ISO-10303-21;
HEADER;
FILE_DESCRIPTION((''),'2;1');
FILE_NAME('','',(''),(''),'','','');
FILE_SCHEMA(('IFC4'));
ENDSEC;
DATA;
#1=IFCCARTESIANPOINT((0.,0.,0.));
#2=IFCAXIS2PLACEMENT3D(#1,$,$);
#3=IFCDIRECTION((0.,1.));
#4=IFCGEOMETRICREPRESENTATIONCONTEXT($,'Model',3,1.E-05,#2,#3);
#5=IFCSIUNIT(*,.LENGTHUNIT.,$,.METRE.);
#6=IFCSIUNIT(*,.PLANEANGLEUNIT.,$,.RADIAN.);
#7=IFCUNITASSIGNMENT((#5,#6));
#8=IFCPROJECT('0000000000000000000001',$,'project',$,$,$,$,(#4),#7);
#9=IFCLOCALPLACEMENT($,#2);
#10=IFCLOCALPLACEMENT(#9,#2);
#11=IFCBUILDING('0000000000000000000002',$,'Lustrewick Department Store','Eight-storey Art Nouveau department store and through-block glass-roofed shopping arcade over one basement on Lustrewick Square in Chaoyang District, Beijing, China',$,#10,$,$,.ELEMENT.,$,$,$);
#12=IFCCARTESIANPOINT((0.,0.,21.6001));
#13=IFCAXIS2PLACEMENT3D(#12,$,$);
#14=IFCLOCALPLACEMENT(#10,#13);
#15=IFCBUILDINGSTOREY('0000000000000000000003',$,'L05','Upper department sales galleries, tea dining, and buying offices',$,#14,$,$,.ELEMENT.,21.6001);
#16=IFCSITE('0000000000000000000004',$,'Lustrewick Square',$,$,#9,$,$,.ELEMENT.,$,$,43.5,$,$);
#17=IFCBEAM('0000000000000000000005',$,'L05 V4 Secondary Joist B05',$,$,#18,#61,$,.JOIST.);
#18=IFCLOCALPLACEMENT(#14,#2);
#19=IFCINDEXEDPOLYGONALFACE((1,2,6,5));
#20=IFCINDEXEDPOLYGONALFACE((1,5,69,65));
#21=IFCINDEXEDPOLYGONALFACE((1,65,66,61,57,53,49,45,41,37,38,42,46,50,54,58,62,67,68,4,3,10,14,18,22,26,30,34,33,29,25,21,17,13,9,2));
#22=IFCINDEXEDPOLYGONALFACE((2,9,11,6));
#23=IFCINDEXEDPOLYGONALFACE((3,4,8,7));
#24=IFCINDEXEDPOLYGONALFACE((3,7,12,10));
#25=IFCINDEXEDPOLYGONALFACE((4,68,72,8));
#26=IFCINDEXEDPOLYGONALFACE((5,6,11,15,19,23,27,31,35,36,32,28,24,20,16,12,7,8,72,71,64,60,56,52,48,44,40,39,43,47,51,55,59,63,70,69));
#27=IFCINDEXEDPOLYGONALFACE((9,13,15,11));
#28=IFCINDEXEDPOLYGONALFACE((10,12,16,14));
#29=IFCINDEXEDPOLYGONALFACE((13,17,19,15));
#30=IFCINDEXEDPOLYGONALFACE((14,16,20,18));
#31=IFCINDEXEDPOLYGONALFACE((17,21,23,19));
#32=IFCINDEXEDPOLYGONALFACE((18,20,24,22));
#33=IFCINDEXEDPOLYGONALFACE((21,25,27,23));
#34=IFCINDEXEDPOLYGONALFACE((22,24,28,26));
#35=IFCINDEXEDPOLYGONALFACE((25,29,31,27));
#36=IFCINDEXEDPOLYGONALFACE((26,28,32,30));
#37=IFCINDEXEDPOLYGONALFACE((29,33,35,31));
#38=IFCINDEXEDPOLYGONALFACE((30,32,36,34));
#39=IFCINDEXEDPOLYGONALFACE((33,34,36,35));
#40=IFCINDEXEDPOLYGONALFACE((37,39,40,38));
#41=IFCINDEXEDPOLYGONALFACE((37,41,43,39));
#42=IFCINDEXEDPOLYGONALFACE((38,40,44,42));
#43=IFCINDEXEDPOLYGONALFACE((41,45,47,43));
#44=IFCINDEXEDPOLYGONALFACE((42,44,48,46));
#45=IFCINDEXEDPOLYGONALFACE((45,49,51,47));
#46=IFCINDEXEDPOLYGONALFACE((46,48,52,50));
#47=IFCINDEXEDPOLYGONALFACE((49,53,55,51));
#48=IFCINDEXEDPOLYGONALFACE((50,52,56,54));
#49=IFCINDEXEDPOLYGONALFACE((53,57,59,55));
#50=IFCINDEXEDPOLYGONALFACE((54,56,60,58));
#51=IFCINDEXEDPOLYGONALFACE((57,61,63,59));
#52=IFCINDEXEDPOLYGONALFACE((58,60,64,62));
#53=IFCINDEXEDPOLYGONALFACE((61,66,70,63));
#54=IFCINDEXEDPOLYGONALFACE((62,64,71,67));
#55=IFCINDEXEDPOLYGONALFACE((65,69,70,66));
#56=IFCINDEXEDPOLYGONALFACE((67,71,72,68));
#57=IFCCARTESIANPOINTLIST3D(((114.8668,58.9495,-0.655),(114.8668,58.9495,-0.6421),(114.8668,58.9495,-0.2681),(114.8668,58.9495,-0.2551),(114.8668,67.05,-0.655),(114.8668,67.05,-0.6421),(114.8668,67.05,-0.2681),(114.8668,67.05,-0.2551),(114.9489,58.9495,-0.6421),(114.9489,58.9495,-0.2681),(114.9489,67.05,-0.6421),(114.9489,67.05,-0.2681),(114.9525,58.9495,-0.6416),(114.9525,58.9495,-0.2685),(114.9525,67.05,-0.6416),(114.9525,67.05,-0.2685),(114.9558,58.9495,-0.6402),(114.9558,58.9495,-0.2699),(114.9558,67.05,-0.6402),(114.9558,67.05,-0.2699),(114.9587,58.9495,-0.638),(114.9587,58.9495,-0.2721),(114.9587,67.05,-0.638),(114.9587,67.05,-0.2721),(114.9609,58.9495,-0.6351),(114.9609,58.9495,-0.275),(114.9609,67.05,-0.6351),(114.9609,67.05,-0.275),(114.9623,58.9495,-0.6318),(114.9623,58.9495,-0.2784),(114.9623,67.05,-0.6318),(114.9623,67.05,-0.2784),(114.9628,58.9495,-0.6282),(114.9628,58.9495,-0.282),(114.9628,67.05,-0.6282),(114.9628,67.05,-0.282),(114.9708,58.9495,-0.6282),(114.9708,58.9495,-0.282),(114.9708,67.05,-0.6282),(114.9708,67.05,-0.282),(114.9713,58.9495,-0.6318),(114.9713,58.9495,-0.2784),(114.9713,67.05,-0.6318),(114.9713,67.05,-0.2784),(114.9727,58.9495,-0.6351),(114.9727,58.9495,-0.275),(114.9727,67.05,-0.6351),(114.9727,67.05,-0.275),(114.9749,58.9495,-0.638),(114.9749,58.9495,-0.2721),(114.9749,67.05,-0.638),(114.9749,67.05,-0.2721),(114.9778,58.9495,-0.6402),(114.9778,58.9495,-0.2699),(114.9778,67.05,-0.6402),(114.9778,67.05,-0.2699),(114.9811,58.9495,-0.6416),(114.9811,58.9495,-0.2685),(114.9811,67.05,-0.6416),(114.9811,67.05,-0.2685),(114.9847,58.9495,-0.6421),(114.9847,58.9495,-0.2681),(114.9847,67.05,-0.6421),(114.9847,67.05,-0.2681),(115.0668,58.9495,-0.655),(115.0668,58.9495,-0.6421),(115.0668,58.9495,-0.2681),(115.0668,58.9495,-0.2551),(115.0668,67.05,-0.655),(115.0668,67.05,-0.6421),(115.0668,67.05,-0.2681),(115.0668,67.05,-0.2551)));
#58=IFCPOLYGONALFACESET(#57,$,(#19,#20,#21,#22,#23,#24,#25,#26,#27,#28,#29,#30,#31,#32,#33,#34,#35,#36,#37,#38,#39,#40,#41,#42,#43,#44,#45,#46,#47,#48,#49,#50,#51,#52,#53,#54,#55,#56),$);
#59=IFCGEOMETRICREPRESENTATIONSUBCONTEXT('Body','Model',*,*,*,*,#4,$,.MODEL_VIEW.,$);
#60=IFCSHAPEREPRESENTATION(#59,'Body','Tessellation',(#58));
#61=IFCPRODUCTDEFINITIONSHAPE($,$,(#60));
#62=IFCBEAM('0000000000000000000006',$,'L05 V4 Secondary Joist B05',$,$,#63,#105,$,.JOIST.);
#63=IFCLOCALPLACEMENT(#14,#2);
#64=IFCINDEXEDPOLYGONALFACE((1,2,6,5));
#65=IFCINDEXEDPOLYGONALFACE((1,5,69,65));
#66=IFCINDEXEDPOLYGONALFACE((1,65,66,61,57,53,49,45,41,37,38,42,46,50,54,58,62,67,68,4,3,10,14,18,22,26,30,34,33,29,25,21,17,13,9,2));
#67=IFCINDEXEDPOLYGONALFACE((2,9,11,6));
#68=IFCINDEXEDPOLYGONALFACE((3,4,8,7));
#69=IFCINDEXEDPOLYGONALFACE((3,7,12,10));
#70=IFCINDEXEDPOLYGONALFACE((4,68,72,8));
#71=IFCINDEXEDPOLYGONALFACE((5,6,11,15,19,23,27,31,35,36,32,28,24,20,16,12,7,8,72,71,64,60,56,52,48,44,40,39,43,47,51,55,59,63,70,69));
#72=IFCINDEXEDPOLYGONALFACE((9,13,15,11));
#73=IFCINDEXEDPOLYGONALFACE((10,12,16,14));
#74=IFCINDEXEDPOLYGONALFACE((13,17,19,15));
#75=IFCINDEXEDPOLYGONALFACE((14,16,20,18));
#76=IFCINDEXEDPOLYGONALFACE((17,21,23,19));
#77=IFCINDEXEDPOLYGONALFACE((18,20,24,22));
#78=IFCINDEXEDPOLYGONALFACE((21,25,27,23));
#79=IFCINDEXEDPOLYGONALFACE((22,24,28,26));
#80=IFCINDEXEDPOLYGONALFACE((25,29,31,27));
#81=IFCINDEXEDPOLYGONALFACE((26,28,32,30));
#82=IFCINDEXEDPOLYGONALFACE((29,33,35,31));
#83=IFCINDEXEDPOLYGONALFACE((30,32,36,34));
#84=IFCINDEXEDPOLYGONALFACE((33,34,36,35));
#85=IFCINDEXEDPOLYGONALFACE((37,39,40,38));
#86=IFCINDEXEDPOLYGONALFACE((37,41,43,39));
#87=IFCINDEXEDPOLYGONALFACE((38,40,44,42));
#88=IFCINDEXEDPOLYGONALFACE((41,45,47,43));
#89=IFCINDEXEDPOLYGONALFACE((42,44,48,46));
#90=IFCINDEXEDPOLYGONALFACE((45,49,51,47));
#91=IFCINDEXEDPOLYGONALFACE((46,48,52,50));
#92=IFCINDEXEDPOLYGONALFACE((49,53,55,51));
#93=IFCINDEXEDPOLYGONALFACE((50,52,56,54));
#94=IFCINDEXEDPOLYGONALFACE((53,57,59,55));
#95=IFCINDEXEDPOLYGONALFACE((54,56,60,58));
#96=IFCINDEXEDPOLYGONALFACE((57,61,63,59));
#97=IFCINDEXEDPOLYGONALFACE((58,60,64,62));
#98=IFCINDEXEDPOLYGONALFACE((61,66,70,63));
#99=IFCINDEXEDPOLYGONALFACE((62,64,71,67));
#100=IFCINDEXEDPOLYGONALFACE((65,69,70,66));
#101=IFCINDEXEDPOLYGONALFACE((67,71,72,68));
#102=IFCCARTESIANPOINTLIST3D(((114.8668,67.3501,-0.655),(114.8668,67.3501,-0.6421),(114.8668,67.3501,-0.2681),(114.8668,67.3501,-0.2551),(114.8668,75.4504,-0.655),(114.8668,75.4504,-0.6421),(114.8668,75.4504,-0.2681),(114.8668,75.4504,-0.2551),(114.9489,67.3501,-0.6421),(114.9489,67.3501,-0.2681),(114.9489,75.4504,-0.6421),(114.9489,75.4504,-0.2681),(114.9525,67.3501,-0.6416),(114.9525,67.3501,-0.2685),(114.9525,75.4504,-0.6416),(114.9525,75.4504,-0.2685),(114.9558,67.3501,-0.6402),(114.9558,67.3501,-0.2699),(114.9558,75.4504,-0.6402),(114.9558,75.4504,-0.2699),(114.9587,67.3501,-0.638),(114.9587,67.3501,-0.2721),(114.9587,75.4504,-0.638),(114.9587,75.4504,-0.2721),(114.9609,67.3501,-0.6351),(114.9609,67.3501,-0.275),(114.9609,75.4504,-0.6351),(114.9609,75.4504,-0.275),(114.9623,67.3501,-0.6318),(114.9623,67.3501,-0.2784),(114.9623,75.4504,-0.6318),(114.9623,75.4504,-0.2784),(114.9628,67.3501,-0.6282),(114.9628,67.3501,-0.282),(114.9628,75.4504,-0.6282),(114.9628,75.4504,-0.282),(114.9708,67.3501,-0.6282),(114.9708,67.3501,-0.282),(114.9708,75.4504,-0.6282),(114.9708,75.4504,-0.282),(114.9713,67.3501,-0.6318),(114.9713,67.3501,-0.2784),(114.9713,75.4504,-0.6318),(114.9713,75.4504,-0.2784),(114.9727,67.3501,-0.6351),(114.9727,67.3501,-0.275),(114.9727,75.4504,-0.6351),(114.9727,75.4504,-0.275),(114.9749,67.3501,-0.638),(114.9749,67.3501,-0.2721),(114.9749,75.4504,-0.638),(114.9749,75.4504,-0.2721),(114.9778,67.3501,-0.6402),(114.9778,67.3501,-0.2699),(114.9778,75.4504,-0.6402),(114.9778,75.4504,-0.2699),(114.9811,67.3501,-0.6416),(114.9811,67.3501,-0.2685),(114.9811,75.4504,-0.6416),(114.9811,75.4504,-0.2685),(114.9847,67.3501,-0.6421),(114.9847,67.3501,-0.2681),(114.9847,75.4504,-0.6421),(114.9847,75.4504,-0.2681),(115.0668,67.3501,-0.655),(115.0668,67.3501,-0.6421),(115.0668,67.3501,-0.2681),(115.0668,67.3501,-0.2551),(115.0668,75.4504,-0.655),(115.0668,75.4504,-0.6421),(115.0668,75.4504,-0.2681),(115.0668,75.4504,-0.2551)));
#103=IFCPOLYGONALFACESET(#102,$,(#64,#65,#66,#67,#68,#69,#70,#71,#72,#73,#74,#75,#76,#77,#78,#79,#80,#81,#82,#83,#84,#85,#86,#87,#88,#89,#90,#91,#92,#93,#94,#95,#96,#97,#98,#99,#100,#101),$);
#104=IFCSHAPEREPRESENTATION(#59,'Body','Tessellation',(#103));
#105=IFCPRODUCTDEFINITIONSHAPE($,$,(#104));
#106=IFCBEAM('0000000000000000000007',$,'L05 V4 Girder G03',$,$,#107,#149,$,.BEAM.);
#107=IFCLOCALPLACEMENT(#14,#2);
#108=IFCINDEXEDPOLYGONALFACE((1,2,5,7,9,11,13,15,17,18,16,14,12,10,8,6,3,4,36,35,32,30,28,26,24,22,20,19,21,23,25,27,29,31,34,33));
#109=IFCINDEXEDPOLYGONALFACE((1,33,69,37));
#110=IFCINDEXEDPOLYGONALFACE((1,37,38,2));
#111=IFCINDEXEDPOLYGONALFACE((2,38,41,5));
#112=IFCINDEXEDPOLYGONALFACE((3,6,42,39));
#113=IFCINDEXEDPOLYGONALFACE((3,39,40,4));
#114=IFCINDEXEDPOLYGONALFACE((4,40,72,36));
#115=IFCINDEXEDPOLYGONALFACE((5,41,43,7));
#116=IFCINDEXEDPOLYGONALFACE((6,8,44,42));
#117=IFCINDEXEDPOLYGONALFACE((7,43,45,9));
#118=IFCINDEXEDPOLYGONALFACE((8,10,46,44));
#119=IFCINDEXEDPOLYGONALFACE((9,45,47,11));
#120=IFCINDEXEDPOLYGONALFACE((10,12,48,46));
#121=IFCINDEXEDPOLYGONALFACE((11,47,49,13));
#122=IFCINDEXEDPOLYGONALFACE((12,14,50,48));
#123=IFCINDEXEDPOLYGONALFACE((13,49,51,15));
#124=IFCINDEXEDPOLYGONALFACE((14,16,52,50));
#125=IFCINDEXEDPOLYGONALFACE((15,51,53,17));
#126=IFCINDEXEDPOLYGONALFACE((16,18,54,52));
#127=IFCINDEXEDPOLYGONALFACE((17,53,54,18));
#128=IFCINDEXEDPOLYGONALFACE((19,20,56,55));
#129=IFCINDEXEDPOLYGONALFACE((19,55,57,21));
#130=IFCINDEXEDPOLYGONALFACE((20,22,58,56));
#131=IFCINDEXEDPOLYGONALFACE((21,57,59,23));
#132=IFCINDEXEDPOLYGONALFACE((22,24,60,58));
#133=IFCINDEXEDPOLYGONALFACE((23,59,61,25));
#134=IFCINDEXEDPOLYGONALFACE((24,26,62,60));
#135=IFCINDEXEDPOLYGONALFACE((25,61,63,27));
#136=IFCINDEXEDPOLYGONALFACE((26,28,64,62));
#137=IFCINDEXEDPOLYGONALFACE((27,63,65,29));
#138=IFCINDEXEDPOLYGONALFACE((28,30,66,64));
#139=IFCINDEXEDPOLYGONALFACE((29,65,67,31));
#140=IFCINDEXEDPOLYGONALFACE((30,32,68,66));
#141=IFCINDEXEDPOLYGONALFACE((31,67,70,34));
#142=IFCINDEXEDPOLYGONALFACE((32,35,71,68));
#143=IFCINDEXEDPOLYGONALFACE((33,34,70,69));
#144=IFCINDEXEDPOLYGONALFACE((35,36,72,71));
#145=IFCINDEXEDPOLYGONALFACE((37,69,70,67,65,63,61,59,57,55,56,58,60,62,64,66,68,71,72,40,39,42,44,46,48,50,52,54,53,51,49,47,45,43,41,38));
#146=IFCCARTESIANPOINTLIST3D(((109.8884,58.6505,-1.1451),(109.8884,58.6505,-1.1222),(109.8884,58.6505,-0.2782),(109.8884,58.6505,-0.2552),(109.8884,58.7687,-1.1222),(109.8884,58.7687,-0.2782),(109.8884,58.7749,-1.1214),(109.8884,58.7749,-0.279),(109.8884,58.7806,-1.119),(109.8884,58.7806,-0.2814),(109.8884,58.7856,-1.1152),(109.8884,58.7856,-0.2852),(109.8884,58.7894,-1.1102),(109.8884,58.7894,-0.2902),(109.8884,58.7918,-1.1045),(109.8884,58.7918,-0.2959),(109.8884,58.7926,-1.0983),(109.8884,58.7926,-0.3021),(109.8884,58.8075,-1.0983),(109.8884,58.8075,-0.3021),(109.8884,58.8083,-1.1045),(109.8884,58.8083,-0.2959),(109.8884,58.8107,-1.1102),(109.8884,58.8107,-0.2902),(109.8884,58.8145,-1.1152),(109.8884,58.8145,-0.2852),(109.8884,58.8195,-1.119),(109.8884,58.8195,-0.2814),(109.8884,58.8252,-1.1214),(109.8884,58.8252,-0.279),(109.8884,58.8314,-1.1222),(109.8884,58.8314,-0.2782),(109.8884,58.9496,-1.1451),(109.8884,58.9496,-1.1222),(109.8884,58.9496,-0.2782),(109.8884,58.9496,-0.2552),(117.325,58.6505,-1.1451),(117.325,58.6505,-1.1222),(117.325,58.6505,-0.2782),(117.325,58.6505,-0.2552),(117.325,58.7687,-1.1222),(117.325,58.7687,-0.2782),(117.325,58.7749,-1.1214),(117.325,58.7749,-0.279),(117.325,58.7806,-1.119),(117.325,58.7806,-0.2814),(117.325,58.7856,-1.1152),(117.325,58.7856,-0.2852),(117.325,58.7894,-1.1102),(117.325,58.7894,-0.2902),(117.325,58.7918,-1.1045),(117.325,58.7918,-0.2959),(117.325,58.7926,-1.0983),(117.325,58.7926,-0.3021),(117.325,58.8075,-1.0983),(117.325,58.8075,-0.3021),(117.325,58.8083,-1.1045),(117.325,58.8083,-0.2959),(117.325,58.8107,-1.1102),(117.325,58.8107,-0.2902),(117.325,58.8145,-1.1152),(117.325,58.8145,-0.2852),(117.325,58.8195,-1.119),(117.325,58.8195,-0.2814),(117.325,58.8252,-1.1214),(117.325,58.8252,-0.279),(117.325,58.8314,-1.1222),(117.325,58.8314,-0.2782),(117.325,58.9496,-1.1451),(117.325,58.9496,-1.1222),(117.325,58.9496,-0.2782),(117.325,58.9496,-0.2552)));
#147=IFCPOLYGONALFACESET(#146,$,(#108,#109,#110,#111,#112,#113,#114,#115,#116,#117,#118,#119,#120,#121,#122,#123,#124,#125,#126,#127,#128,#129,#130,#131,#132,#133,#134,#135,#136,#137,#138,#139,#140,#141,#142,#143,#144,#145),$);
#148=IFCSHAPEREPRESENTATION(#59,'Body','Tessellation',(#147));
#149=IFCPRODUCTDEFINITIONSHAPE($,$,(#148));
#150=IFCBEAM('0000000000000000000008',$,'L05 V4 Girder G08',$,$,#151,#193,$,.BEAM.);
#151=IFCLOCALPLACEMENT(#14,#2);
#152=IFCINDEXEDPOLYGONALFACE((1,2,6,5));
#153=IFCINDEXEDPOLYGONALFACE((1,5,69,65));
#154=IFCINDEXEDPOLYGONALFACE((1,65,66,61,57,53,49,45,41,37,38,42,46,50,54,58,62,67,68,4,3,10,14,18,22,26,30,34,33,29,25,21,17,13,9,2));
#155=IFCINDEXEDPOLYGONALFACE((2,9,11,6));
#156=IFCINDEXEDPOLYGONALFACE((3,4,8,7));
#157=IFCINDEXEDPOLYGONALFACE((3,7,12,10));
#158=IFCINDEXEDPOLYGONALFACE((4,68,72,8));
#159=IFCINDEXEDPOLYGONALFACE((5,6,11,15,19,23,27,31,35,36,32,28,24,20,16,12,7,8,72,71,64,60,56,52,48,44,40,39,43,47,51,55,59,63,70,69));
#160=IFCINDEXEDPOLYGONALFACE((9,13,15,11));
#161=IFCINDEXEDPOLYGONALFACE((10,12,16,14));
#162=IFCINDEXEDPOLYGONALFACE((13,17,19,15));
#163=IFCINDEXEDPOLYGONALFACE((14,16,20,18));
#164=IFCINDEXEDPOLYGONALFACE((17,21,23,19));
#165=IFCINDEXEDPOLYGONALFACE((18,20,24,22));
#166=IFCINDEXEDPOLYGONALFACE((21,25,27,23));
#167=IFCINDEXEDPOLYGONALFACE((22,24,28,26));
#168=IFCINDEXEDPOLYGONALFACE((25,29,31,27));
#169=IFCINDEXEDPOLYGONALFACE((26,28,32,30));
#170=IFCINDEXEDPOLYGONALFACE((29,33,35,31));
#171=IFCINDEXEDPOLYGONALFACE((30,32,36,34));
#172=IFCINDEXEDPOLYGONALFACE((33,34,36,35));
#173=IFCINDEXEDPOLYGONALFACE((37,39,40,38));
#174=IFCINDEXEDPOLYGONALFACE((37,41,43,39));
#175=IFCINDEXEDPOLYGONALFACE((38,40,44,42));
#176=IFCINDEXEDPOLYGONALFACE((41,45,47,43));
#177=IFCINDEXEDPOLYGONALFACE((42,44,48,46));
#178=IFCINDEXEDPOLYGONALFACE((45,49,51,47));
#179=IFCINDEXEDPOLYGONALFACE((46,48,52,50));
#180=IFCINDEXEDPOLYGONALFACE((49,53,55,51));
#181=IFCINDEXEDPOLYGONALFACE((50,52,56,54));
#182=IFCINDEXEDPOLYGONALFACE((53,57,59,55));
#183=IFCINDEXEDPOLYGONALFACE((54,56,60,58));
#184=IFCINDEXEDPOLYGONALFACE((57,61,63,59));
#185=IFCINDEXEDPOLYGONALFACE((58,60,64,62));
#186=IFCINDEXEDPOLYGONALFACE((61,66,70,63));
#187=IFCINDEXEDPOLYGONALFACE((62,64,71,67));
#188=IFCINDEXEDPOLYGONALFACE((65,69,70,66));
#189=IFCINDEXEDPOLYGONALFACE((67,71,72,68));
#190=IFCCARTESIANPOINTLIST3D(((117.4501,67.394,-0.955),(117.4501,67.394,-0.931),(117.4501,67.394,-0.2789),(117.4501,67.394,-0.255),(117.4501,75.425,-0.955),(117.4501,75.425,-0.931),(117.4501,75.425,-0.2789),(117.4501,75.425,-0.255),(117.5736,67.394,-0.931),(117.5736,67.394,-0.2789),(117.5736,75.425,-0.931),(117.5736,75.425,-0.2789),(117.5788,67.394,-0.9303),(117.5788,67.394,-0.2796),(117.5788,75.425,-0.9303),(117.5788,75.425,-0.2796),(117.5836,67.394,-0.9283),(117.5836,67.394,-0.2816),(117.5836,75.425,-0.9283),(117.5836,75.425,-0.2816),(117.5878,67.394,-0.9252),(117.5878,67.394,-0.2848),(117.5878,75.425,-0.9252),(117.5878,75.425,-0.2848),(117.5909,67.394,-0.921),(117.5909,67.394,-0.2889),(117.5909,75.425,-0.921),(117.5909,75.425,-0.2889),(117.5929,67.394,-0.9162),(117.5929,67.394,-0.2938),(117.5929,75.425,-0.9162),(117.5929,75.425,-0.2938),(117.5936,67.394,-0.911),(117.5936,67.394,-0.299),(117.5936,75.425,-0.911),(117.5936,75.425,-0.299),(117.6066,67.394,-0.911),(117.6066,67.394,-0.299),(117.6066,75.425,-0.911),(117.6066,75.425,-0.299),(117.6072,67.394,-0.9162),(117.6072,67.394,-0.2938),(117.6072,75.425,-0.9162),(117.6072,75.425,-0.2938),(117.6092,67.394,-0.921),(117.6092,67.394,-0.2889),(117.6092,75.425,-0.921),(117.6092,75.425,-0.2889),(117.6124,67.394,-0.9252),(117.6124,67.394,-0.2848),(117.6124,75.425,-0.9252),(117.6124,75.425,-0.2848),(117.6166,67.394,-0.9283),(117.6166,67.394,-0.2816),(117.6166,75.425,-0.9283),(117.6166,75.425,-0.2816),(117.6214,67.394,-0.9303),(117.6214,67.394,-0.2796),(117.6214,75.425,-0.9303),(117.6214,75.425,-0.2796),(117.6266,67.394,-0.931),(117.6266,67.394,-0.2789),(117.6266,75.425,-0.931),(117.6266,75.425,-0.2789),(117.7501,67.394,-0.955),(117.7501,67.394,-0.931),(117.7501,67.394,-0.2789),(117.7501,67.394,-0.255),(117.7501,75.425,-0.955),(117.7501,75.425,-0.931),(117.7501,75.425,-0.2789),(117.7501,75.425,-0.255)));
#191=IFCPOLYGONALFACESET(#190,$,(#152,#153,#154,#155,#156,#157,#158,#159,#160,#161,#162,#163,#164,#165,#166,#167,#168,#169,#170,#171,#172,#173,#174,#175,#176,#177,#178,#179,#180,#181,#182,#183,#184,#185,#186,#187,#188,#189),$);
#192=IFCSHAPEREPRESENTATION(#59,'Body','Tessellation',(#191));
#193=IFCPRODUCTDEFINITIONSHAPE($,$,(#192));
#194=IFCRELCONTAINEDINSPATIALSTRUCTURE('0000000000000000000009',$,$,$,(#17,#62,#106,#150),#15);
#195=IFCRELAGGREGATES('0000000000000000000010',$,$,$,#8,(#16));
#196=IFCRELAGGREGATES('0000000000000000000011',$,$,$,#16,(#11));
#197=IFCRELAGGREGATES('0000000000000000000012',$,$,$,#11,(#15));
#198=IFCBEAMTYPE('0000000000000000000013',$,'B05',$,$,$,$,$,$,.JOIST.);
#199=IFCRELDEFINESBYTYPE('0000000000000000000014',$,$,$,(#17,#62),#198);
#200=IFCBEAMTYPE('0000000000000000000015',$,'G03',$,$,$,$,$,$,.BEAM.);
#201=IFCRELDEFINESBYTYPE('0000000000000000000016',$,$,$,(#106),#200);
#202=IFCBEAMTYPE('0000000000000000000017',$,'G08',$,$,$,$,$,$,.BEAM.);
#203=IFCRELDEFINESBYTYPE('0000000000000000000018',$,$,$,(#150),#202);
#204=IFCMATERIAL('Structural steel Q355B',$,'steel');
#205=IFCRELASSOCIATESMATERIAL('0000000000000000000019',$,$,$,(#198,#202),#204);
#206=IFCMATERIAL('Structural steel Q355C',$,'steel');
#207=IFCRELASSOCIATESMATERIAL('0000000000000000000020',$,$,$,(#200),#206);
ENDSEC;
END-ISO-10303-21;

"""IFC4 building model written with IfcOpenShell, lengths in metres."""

from ifc_helpers import new_model, si_unit, direction, frame, origin, origin_2d, place, context, subcontext, project, spatial, i_section, extrude, material, material_profile, profile_set, type_object, element, save


model = new_model("IFC4")

# Units and contexts
model_context = context("Model", 3, precision=1e-05, world=origin(), true_north=direction((0.0, 1.0)))
body_context = subcontext(model_context, "Body", "Model", "MODEL_VIEW")
ifc_project = project(units=[si_unit("LENGTHUNIT", "METRE"), si_unit("PLANEANGLEUNIT", "RADIAN")], contexts=[model_context])

# Site, building, storey
site_placement = place(None, origin())
site = spatial("IfcSite", under=ifc_project, at=site_placement, Name="Lustrewick Square", CompositionType="ELEMENT", RefElevation=43.5)
building_placement = place(site_placement, origin())
building = spatial("IfcBuilding", under=site, at=building_placement, Name="Lustrewick Department Store", Description="Eight-storey Art Nouveau department store and through-block glass-roofed shopping arcade over one basement on Lustrewick Square in Chaoyang District, Beijing, China", CompositionType="ELEMENT")
storey_placement = place(building_placement, frame((0.0, 0.0, 21.6001)))
storey = spatial("IfcBuildingStorey", under=building, at=storey_placement, Name="L05", Description="Upper department sales galleries, tea dining, and buying offices", CompositionType="ELEMENT", Elevation=21.6001)

# Shared definitions
ifc_material_1 = material(Name="Structural steel Q355B", Category="steel")

# Beams
ifc_material_profile_1 = material_profile(ifc_material_1, i_section(OverallWidth=0.2, OverallDepth=0.3999, WebThickness=0.0081, FlangeThickness=0.0129, FilletRadius=0.0139, at=origin_2d()), Name="HN 400x200x8x13")
ifc_profile_set_1 = profile_set([ifc_material_profile_1], Name="Structural steel Q355B")
beam_type_1 = type_object("IfcBeamType", Name="B05", PredefinedType="JOIST", material=ifc_profile_set_1)
beam_1_placement = place(storey_placement, frame((114.9668, 58.9495, -0.4551), z_axis=(0.0, 1.0, 0.0), x_axis=(-1.0, 0.0, 0.0)))
element("IfcBeam", 1, at=beam_1_placement, inside=storey, type_object=beam_type_1, Name="L05 V4 Secondary Joist B05", PredefinedType="JOIST", context=body_context, shape_type="SweptSolid", body=[
    extrude(i_section(OverallWidth=0.2, OverallDepth=0.3999, WebThickness=0.0081, FlangeThickness=0.0129, FilletRadius=0.0139, at=origin_2d()), origin(), (0.0, 0.0, 1.0), 8.1006),
])
beam_2_placement = place(storey_placement, frame((114.9668, 67.3501, -0.4551), z_axis=(0.0, 1.0, 0.0), x_axis=(-1.0, 0.0, 0.0)))
element("IfcBeam", 2, at=beam_2_placement, inside=storey, type_object=beam_type_1, Name="L05 V4 Secondary Joist B05", PredefinedType="JOIST", context=body_context, shape_type="SweptSolid", body=[
    extrude(i_section(OverallWidth=0.2, OverallDepth=0.3999, WebThickness=0.0081, FlangeThickness=0.0129, FilletRadius=0.0139, at=origin_2d()), origin(), (0.0, 0.0, 1.0), 8.1003),
])
ifc_material_2 = material(Name="Structural steel Q355C", Category="steel")
ifc_material_profile_2 = material_profile(ifc_material_2, i_section(OverallWidth=0.2991, OverallDepth=0.8899, WebThickness=0.0149, FlangeThickness=0.0229, FilletRadius=0.0239, at=origin_2d()), Name="HN 890x299x15x23")
ifc_profile_set_2 = profile_set([ifc_material_profile_2], Name="Structural steel Q355C")
beam_type_2 = type_object("IfcBeamType", Name="G03", PredefinedType="BEAM", material=ifc_profile_set_2)
beam_3_placement = place(storey_placement, frame((109.8884, 58.8, -0.7002), z_axis=(1.0, 0.0, 0.0), x_axis=(0.0, 1.0, 0.0)))
element("IfcBeam", 3, at=beam_3_placement, inside=storey, type_object=beam_type_2, Name="L05 V4 Girder G03", PredefinedType="BEAM", context=body_context, shape_type="SweptSolid", body=[
    extrude(i_section(OverallWidth=0.2991, OverallDepth=0.8899, WebThickness=0.0149, FlangeThickness=0.0229, FilletRadius=0.0239, at=origin_2d()), origin(), (0.0, 0.0, 1.0), 7.4365),
])
ifc_material_profile_3 = material_profile(ifc_material_1, i_section(OverallWidth=0.3, OverallDepth=0.7, WebThickness=0.0129, FlangeThickness=0.0239, FilletRadius=0.02, at=origin_2d()), Name="HN 700x300x13x24")
ifc_profile_set_3 = profile_set([ifc_material_profile_3], Name="Structural steel Q355B")
beam_type_3 = type_object("IfcBeamType", Name="G08", PredefinedType="BEAM", material=ifc_profile_set_3)
beam_4_placement = place(storey_placement, frame((117.6001, 67.394, -0.605), z_axis=(0.0, 1.0, 0.0), x_axis=(-1.0, 0.0, 0.0)))
element("IfcBeam", 4, at=beam_4_placement, inside=storey, type_object=beam_type_3, Name="L05 V4 Girder G08", PredefinedType="BEAM", context=body_context, shape_type="SweptSolid", body=[
    extrude(i_section(OverallWidth=0.3, OverallDepth=0.7, WebThickness=0.0129, FlangeThickness=0.0239, FilletRadius=0.02, at=origin_2d()), origin(), (0.0, 0.0, 1.0), 8.031),
])

save(model, "model.ifc")
